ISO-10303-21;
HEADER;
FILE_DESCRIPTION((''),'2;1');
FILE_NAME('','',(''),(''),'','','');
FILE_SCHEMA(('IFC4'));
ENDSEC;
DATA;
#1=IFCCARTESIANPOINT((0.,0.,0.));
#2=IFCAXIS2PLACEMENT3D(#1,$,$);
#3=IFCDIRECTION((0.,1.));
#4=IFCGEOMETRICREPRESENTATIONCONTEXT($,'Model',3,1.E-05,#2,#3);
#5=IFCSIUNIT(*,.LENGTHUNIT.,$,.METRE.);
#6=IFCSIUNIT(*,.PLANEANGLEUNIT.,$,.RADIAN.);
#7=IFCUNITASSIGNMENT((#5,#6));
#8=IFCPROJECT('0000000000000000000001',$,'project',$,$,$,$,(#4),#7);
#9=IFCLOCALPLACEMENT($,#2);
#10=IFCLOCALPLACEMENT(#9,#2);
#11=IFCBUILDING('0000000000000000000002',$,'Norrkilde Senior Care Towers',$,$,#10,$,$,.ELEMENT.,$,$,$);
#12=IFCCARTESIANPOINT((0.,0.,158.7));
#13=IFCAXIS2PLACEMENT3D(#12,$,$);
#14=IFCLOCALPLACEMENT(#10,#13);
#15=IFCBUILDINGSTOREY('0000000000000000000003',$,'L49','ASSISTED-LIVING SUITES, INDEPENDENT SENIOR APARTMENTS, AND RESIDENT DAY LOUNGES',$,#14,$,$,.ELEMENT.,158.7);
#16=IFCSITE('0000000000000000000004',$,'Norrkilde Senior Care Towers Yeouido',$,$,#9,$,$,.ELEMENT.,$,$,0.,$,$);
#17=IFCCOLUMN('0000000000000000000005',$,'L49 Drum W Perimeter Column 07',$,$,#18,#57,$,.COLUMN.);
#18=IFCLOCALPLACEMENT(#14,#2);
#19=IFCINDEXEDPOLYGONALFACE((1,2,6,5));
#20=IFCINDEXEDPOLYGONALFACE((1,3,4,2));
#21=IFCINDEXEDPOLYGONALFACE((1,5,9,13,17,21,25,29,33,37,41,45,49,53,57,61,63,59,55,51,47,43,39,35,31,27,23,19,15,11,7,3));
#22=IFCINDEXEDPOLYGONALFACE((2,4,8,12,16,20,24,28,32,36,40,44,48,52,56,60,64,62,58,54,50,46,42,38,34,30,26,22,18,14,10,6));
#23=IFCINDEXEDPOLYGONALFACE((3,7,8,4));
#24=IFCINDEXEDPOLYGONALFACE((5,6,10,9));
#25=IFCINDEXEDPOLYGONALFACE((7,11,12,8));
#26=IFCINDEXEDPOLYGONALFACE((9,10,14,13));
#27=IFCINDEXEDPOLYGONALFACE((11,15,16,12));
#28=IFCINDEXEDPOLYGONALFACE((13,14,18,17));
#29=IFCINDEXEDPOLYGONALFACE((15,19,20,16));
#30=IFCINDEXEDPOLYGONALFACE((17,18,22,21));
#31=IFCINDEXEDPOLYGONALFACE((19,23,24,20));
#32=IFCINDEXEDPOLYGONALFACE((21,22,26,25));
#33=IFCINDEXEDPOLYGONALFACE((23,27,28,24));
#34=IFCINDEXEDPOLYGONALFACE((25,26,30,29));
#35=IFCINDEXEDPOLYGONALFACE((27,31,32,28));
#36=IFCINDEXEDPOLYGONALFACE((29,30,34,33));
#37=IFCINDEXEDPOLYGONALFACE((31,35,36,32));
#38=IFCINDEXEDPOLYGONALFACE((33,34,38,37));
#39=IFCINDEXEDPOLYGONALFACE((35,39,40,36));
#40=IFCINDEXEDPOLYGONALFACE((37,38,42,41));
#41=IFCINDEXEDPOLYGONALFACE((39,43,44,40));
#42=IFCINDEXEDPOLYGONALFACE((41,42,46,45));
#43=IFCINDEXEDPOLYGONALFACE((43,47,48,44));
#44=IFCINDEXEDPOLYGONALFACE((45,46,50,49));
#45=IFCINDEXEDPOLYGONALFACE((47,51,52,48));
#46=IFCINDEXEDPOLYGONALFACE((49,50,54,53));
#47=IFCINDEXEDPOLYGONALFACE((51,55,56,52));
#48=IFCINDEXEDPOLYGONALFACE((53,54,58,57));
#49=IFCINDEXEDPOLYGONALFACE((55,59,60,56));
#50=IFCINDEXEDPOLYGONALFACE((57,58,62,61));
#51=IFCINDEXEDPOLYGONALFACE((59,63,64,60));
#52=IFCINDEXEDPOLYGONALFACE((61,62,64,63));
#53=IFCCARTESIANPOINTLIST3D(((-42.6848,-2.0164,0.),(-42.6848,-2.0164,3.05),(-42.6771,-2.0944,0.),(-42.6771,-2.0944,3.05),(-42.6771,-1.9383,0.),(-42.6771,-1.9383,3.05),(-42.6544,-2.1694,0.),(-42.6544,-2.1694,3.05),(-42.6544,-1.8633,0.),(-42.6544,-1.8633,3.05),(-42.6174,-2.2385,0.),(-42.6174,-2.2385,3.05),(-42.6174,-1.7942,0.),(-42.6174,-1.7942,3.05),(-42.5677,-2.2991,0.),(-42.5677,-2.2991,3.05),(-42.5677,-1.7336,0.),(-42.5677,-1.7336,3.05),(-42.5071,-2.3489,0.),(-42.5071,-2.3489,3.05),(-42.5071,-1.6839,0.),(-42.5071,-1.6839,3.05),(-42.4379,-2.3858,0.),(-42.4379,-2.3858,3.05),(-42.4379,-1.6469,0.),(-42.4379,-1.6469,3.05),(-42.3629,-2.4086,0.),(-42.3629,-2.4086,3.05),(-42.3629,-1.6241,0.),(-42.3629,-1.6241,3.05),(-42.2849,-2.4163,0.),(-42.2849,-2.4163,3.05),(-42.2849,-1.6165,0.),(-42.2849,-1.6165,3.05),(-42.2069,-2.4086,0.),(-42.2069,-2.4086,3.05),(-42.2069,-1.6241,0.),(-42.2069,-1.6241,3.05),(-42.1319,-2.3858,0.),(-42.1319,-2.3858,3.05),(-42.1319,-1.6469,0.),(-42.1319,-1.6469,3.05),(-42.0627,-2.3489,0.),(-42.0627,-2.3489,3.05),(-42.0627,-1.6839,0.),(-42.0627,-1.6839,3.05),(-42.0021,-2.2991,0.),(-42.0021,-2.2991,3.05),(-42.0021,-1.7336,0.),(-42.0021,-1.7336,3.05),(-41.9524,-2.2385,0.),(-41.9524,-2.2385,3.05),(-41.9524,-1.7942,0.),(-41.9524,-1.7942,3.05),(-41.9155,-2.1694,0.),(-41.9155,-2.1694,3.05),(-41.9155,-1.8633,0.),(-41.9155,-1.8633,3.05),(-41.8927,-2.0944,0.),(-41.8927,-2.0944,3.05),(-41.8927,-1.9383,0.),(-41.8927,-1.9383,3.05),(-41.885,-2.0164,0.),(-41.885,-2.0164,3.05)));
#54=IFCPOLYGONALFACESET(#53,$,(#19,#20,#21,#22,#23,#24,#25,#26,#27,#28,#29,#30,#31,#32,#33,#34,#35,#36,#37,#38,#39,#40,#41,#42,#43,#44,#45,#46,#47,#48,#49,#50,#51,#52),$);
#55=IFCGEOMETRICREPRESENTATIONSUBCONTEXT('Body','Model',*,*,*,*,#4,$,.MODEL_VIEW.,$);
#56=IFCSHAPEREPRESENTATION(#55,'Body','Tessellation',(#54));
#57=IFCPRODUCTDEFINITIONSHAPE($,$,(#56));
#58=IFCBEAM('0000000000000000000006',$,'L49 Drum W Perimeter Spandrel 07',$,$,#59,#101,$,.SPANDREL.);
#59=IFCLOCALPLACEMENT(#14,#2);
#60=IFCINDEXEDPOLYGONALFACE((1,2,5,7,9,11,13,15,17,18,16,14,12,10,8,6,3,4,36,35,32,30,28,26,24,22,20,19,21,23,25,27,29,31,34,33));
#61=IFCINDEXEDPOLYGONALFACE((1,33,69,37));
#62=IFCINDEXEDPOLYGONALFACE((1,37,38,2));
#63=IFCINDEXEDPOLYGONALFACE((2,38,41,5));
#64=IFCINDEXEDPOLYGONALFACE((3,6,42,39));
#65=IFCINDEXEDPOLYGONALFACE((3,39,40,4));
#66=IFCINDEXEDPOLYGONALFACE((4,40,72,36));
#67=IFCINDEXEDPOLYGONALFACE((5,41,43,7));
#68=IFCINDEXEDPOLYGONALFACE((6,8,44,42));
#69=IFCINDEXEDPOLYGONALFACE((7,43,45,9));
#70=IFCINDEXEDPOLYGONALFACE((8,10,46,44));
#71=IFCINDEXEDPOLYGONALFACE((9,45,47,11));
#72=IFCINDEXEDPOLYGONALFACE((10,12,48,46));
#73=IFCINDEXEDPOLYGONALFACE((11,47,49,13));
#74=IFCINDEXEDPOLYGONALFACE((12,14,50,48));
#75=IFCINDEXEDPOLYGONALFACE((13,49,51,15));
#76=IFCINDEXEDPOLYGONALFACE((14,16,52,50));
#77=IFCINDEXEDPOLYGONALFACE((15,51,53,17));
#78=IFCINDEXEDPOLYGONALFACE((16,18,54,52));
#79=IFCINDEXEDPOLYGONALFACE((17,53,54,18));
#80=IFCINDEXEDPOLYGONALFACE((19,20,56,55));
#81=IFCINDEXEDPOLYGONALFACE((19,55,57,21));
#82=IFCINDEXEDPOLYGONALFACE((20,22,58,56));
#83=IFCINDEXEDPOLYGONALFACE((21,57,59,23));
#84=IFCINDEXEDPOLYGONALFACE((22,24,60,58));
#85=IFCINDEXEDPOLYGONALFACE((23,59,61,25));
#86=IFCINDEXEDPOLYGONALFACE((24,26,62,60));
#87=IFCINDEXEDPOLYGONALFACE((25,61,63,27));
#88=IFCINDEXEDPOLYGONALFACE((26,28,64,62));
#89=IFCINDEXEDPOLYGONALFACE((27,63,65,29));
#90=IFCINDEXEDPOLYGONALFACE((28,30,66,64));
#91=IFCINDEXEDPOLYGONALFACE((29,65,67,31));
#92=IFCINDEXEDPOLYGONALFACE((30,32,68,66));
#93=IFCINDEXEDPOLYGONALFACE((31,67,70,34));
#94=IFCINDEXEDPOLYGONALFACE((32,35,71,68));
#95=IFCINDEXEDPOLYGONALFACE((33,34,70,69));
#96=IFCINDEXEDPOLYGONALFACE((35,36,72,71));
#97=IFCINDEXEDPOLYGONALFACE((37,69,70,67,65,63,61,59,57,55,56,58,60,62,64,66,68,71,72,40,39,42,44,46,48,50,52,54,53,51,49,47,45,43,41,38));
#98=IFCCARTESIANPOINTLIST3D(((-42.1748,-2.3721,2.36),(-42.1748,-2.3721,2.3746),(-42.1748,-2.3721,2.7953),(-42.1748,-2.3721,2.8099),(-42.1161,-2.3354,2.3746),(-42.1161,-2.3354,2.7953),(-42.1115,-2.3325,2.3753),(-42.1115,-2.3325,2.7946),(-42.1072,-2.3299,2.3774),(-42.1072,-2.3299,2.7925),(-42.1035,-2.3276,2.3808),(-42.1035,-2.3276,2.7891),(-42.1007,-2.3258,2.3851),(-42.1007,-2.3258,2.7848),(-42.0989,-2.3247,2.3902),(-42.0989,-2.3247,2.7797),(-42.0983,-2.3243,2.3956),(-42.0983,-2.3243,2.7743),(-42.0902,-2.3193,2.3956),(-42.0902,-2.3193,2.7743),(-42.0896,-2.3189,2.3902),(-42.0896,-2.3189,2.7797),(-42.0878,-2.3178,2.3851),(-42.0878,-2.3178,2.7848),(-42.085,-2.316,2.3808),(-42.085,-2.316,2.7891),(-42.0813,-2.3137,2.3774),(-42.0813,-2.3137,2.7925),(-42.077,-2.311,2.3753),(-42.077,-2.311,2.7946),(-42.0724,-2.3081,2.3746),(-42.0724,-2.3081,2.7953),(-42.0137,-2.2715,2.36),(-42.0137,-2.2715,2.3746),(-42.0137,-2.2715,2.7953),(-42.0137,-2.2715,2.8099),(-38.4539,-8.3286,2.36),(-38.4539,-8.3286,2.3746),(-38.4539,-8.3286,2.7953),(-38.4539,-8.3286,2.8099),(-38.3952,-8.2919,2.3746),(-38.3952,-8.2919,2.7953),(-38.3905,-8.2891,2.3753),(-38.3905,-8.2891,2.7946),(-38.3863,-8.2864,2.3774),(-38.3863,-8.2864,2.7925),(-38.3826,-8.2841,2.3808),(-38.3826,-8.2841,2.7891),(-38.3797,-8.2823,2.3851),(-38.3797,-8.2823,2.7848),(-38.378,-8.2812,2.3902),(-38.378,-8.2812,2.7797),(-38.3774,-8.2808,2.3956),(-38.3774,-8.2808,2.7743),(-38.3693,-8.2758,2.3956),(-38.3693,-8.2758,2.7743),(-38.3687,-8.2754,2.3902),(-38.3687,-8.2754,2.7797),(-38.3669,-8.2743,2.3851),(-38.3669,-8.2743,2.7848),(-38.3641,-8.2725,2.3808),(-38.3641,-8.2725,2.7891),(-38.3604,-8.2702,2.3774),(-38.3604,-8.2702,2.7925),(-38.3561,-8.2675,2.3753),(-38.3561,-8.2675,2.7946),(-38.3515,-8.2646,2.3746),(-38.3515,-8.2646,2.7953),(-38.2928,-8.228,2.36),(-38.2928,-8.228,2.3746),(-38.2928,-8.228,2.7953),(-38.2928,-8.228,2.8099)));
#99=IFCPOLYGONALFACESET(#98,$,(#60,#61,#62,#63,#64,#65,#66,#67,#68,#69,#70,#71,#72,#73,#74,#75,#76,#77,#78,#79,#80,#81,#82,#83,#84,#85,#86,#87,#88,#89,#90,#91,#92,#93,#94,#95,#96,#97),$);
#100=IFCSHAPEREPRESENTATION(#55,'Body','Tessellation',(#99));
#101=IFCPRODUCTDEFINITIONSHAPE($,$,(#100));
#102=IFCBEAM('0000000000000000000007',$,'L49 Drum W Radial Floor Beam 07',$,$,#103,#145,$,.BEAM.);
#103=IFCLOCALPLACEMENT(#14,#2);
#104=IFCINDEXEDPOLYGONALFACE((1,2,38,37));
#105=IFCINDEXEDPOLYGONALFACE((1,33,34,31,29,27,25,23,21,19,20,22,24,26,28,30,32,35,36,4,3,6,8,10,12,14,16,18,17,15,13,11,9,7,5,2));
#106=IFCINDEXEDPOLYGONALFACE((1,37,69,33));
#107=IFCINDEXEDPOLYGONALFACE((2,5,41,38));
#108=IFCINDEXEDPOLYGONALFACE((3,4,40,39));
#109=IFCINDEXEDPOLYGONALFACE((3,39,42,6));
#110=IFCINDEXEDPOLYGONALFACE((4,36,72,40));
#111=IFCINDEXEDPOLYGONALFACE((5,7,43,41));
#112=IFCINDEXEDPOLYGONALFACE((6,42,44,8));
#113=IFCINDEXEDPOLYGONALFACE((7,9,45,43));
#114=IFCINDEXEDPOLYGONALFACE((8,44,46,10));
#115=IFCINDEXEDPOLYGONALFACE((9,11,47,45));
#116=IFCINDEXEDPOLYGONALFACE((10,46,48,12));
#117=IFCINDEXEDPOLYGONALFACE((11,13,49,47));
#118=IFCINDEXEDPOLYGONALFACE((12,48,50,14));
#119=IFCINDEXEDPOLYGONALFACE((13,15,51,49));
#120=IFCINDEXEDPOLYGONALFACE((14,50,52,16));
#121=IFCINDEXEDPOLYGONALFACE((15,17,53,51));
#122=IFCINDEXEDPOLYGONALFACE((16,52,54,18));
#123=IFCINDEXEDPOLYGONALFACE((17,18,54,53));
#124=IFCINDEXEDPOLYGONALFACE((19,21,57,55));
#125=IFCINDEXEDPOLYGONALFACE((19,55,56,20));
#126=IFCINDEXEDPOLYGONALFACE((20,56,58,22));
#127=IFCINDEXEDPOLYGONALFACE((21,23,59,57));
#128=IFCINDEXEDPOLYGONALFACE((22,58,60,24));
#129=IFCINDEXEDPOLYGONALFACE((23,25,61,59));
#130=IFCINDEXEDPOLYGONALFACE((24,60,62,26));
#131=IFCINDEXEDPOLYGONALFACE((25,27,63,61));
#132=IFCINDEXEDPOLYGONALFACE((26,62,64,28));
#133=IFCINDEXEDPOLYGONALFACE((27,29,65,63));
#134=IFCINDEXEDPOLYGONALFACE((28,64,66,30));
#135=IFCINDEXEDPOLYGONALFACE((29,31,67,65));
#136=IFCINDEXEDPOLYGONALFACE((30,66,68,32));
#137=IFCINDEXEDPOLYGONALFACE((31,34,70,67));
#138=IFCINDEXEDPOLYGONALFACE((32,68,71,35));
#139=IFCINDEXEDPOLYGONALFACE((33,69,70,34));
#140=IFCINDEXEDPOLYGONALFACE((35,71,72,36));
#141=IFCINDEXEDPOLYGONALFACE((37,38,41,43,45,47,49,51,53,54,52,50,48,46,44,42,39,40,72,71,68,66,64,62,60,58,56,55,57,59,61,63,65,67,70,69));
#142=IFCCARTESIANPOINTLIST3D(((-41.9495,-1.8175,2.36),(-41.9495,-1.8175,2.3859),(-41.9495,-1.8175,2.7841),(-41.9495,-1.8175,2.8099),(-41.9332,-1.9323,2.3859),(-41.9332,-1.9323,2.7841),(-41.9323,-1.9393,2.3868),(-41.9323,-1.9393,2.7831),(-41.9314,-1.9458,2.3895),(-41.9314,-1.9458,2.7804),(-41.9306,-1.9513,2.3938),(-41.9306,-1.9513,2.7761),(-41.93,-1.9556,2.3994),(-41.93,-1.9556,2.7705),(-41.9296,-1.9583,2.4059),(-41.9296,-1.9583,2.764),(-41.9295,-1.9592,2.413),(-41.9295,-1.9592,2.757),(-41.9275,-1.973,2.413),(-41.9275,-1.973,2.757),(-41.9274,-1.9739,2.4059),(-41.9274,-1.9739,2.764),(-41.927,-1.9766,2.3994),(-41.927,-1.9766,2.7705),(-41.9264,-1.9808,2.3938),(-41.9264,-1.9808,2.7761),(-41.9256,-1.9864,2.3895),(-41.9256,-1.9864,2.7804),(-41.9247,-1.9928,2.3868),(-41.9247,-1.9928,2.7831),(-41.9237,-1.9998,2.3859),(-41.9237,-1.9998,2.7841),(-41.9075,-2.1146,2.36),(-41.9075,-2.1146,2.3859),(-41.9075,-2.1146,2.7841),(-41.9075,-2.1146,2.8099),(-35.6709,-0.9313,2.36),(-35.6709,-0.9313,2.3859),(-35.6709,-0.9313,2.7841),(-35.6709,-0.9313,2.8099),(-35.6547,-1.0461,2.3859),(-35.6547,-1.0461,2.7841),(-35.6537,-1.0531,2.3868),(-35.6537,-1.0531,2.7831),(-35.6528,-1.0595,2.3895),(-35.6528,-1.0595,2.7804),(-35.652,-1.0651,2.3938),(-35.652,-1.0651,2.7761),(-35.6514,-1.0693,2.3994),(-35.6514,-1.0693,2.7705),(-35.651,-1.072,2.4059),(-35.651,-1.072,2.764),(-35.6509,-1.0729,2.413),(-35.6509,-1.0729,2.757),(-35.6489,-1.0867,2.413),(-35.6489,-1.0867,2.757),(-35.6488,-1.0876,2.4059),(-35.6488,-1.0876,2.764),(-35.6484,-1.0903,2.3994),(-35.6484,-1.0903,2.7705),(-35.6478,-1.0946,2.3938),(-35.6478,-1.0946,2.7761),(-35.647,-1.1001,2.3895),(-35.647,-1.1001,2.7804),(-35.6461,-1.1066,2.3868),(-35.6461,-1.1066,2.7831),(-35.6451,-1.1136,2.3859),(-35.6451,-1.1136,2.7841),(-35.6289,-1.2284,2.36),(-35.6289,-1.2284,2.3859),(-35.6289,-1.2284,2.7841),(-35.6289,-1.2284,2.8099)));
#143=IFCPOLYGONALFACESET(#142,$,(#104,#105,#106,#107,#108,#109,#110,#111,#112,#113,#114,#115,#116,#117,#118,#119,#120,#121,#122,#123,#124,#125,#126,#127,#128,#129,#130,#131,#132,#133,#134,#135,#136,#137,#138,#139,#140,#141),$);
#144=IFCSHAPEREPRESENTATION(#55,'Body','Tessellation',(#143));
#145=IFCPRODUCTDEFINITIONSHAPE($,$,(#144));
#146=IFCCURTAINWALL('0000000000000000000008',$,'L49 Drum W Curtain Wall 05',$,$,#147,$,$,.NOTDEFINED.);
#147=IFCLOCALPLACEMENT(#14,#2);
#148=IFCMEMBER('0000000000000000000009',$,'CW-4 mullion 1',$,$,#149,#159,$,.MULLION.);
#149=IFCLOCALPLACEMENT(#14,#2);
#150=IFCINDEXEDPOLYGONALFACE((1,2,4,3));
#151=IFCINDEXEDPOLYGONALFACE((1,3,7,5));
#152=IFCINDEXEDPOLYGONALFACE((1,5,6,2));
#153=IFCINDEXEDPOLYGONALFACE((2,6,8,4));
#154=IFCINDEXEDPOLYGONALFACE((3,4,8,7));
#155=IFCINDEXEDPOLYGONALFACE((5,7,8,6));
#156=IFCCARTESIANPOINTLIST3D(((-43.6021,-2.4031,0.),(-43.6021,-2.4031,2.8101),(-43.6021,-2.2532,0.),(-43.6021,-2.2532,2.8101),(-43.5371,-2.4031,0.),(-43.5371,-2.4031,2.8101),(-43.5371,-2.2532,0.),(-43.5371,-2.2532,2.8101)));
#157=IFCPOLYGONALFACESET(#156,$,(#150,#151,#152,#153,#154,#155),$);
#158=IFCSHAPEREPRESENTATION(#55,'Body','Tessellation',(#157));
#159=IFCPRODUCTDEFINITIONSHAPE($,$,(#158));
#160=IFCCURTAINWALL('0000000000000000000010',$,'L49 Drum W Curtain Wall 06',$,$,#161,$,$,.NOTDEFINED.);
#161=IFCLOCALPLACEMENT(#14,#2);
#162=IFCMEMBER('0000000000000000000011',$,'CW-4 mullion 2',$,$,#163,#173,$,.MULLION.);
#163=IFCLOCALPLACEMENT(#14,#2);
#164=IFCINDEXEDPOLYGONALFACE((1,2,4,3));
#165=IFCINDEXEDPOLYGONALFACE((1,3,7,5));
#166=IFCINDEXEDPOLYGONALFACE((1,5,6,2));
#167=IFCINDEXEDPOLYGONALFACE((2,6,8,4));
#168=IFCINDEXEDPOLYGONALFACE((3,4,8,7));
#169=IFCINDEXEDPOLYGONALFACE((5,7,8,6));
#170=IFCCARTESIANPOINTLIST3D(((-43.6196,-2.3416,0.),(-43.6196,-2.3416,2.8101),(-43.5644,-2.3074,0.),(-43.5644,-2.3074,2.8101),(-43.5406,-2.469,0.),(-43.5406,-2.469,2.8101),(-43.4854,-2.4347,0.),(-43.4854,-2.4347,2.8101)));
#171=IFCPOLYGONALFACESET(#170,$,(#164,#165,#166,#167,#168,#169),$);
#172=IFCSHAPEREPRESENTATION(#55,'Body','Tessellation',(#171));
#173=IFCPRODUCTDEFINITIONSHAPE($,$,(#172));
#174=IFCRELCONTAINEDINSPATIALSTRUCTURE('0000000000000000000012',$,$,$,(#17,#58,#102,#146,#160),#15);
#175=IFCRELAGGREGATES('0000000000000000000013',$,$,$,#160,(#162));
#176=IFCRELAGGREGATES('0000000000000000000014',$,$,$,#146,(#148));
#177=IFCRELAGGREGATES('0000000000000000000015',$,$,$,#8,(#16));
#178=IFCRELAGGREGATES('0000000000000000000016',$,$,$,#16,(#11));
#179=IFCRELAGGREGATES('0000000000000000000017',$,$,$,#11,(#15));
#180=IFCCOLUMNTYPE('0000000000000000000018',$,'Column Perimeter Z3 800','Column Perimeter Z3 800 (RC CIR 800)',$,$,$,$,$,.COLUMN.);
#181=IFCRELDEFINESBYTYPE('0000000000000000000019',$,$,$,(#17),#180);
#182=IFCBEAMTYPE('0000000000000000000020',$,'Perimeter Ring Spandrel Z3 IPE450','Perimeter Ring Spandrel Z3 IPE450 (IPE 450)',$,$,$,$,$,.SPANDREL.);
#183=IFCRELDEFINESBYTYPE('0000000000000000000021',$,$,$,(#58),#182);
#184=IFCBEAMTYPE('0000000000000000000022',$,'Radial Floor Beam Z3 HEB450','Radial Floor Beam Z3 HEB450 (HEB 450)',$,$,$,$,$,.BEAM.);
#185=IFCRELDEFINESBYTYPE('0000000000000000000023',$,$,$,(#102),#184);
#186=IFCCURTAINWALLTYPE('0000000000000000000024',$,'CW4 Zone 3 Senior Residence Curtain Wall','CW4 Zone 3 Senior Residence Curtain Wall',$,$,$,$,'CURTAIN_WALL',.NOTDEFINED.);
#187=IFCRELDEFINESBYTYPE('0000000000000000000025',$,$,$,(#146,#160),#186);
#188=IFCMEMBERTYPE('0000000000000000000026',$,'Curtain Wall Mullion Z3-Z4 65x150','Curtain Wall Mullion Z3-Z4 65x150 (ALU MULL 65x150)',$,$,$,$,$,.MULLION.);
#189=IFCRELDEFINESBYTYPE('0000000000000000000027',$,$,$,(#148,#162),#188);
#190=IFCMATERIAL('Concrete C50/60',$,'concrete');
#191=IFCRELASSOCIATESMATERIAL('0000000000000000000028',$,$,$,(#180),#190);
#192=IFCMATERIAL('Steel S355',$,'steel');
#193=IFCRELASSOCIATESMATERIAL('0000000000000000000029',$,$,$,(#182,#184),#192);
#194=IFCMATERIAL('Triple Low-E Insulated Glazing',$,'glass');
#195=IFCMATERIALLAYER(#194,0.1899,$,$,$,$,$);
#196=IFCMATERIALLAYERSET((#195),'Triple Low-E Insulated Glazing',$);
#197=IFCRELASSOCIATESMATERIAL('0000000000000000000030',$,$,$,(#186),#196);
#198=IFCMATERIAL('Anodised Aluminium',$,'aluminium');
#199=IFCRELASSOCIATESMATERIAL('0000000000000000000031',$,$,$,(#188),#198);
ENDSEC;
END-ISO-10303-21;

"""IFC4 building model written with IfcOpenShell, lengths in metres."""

from ifc_helpers import new_model, si_unit, direction, frame, origin, origin_2d, place, context, subcontext, project, spatial, rectangle, circle, i_section, extrude, source, transform, mapped, material, layer, layer_set, material_profile, profile_set, type_object, type_shapes, element, aggregate, save


model = new_model("IFC4")

# Units and contexts
model_context = context("Model", 3, precision=1e-05, world=origin(), true_north=direction((0.0, 1.0)))
body_context = subcontext(model_context, "Body", "Model", "MODEL_VIEW")
ifc_project = project(units=[si_unit("LENGTHUNIT", "METRE"), si_unit("PLANEANGLEUNIT", "RADIAN")], contexts=[model_context])

# Site, building, storey
site_placement = place(None, origin())
site = spatial("IfcSite", under=ifc_project, at=site_placement, Name="Norrkilde Senior Care Towers Yeouido", CompositionType="ELEMENT", RefElevation=0.0)
building_placement = place(site_placement, origin())
building = spatial("IfcBuilding", under=site, at=building_placement, Name="Norrkilde Senior Care Towers", CompositionType="ELEMENT")
storey_placement = place(building_placement, frame((0.0, 0.0, 158.7)))
storey = spatial("IfcBuildingStorey", under=building, at=storey_placement, Name="L49", Description="ASSISTED-LIVING SUITES, INDEPENDENT SENIOR APARTMENTS, AND RESIDENT DAY LOUNGES", CompositionType="ELEMENT", Elevation=158.7)

# Column
ifc_material_1 = material(Name="Concrete C50/60", Category="concrete")
ifc_material_profile_1 = material_profile(ifc_material_1, circle(Radius=0.3999, at=origin_2d()), Name="RC CIR 800")
ifc_profile_set_1 = profile_set([ifc_material_profile_1], Name="Concrete C50/60")
column_type = type_object("IfcColumnType", Name="Column Perimeter Z3 800", Description="Column Perimeter Z3 800 (RC CIR 800)", PredefinedType="COLUMN", material=ifc_profile_set_1)
shared_shape_1 = source(origin(), body_context, "Body", "SweptSolid", [
    extrude(circle(Radius=0.3999, at=origin_2d()), origin(), (0.0, 0.0, 1.0), 3.05),
])
type_shapes(column_type, [shared_shape_1])
column_placement = place(storey_placement, frame((-42.2849, -2.0164, 0.0), z_axis=(0.0, 0.0, 1.0), x_axis=(1.0, 0.0, 0.0)))
element("IfcColumn", 1, at=column_placement, inside=storey, type_object=column_type, Name="L49 Drum W Perimeter Column 07", PredefinedType="COLUMN", context=body_context, shape_type="MappedRepresentation", body=[
    mapped(shared_shape_1, transform((0.0, 0.0, 0.0), x_axis=(1.0, 0.0, 0.0), y_axis=(0.0, 1.0, 0.0), z_axis=(0.0, 0.0, 1.0), scale=1.0)),
])

# Beams
ifc_material_2 = material(Name="Steel S355", Category="steel")
ifc_material_profile_2 = material_profile(ifc_material_2, i_section(OverallWidth=0.1899, OverallDepth=0.45, WebThickness=0.0095, FlangeThickness=0.0146, FilletRadius=0.021, at=origin_2d()), Name="IPE 450")
ifc_profile_set_2 = profile_set([ifc_material_profile_2], Name="Steel S355")
beam_type_1 = type_object("IfcBeamType", Name="Perimeter Ring Spandrel Z3 IPE450", Description="Perimeter Ring Spandrel Z3 IPE450 (IPE 450)", PredefinedType="SPANDREL", material=ifc_profile_set_2)
shared_shape_2 = source(origin(), body_context, "Body", "SweptSolid", [
    extrude(i_section(OverallWidth=0.1899, OverallDepth=0.45, WebThickness=0.0095, FlangeThickness=0.0146, FilletRadius=0.021, at=origin_2d()), origin(), (0.0, 0.0, 1.0), 7.0232),
])
type_shapes(beam_type_1, [shared_shape_2])
beam_1_placement = place(storey_placement, frame((-42.0942, -2.3218, 2.585), z_axis=(0.529805, -0.848119, 0.0), x_axis=(0.848119, 0.529805, 0.0)))
element("IfcBeam", 2, at=beam_1_placement, inside=storey, type_object=beam_type_1, Name="L49 Drum W Perimeter Spandrel 07", PredefinedType="SPANDREL", context=body_context, shape_type="MappedRepresentation", body=[
    mapped(shared_shape_2, transform((0.0, 0.0, 0.0), x_axis=(1.0, 0.0, 0.0), y_axis=(0.0, 1.0, 0.0), z_axis=(0.0, 0.0, 1.0), scale=1.0)),
])
ifc_material_profile_3 = material_profile(ifc_material_2, i_section(OverallWidth=0.3, OverallDepth=0.45, WebThickness=0.0139, FlangeThickness=0.0259, FilletRadius=0.0271, at=origin_2d()), Name="HEB 450")
ifc_profile_set_3 = profile_set([ifc_material_profile_3], Name="Steel S355")
beam_type_2 = type_object("IfcBeamType", Name="Radial Floor Beam Z3 HEB450", Description="Radial Floor Beam Z3 HEB450 (HEB 450)", PredefinedType="BEAM", material=ifc_profile_set_3)
shared_shape_3 = source(origin(), body_context, "Body", "SweptSolid", [
    extrude(i_section(OverallWidth=0.3, OverallDepth=0.45, WebThickness=0.0139, FlangeThickness=0.0259, FilletRadius=0.0271, at=origin_2d()), origin(), (0.0, 0.0, 1.0), 6.3408),
])
type_shapes(beam_type_2, [shared_shape_3])
beam_2_placement = place(storey_placement, frame((-35.6499, -1.0798, 2.585), z_axis=(-0.990185, -0.139766, 0.0), x_axis=(0.139766, -0.990185, 0.0)))
element("IfcBeam", 3, at=beam_2_placement, inside=storey, type_object=beam_type_2, Name="L49 Drum W Radial Floor Beam 07", PredefinedType="BEAM", context=body_context, shape_type="MappedRepresentation", body=[
    mapped(shared_shape_3, transform((0.0, 0.0, 0.0), x_axis=(1.0, 0.0, 0.0), y_axis=(0.0, 1.0, 0.0), z_axis=(0.0, 0.0, 1.0), scale=1.0)),
])

# Curtain walls, members
ifc_material_3 = material(Name="Triple Low-E Insulated Glazing", Category="glass")
ifc_layer_1 = layer(ifc_material_3, 0.1899)
ifc_layer_set_1 = layer_set([ifc_layer_1], Name="Triple Low-E Insulated Glazing")
curtain_wall_type = type_object("IfcCurtainWallType", Name="CW4 Zone 3 Senior Residence Curtain Wall", Description="CW4 Zone 3 Senior Residence Curtain Wall", ElementType="CURTAIN_WALL", PredefinedType="NOTDEFINED", material=ifc_layer_set_1)
curtain_wall_1_placement = place(storey_placement, origin())
curtain_wall_1 = element("IfcCurtainWall", 4, at=curtain_wall_1_placement, inside=storey, type_object=curtain_wall_type, Name="L49 Drum W Curtain Wall 05", PredefinedType="NOTDEFINED")
ifc_material_4 = material(Name="Anodised Aluminium", Category="aluminium")
ifc_material_profile_4 = material_profile(ifc_material_4, rectangle(XDim=0.0649, YDim=0.1499, at=origin_2d()), Name="ALU MULL 65x150")
ifc_profile_set_4 = profile_set([ifc_material_profile_4], Name="Anodised Aluminium")
member_type_1 = type_object("IfcMemberType", Name="Curtain Wall Mullion Z3-Z4 65x150", Description="Curtain Wall Mullion Z3-Z4 65x150 (ALU MULL 65x150)", PredefinedType="MULLION", material=ifc_profile_set_4)
shared_shape_4 = source(origin(), body_context, "Body", "SweptSolid", [
    extrude(rectangle(XDim=0.0649, YDim=0.1499, at=origin_2d()), origin(), (0.0, 0.0, 1.0), 2.8101),
])
type_shapes(member_type_1, [shared_shape_4])
member_1_placement = place(storey_placement, frame((-43.5696, -2.3281, 0.0), z_axis=(0.0, 0.0, 1.0), x_axis=(-1.0, 0.0, 0.0)))
member_1 = element("IfcMember", 5, at=member_1_placement, type_object=member_type_1, Name="CW-4 mullion 1", PredefinedType="MULLION", context=body_context, shape_type="MappedRepresentation", body=[
    mapped(shared_shape_4, transform((0.0, 0.0, 0.0), x_axis=(1.0, 0.0, 0.0), y_axis=(0.0, 1.0, 0.0), z_axis=(0.0, 0.0, 1.0), scale=1.0)),
])
curtain_wall_2_placement = place(storey_placement, origin())
curtain_wall_2 = element("IfcCurtainWall", 6, at=curtain_wall_2_placement, inside=storey, type_object=curtain_wall_type, Name="L49 Drum W Curtain Wall 06", PredefinedType="NOTDEFINED")
member_2_placement = place(storey_placement, frame((-43.5525, -2.3882, 0.0), z_axis=(0.0, 0.0, 1.0), x_axis=(-0.849634, -0.527373, 0.0)))
member_2 = element("IfcMember", 7, at=member_2_placement, type_object=member_type_1, Name="CW-4 mullion 2", PredefinedType="MULLION", context=body_context, shape_type="MappedRepresentation", body=[
    mapped(shared_shape_4, transform((0.0, 0.0, 0.0), x_axis=(1.0, 0.0, 0.0), y_axis=(0.0, 1.0, 0.0), z_axis=(0.0, 0.0, 1.0), scale=1.0)),
])
aggregate(curtain_wall_2, [member_2])

aggregate(curtain_wall_1, [member_1])

save(model, "model.ifc")
